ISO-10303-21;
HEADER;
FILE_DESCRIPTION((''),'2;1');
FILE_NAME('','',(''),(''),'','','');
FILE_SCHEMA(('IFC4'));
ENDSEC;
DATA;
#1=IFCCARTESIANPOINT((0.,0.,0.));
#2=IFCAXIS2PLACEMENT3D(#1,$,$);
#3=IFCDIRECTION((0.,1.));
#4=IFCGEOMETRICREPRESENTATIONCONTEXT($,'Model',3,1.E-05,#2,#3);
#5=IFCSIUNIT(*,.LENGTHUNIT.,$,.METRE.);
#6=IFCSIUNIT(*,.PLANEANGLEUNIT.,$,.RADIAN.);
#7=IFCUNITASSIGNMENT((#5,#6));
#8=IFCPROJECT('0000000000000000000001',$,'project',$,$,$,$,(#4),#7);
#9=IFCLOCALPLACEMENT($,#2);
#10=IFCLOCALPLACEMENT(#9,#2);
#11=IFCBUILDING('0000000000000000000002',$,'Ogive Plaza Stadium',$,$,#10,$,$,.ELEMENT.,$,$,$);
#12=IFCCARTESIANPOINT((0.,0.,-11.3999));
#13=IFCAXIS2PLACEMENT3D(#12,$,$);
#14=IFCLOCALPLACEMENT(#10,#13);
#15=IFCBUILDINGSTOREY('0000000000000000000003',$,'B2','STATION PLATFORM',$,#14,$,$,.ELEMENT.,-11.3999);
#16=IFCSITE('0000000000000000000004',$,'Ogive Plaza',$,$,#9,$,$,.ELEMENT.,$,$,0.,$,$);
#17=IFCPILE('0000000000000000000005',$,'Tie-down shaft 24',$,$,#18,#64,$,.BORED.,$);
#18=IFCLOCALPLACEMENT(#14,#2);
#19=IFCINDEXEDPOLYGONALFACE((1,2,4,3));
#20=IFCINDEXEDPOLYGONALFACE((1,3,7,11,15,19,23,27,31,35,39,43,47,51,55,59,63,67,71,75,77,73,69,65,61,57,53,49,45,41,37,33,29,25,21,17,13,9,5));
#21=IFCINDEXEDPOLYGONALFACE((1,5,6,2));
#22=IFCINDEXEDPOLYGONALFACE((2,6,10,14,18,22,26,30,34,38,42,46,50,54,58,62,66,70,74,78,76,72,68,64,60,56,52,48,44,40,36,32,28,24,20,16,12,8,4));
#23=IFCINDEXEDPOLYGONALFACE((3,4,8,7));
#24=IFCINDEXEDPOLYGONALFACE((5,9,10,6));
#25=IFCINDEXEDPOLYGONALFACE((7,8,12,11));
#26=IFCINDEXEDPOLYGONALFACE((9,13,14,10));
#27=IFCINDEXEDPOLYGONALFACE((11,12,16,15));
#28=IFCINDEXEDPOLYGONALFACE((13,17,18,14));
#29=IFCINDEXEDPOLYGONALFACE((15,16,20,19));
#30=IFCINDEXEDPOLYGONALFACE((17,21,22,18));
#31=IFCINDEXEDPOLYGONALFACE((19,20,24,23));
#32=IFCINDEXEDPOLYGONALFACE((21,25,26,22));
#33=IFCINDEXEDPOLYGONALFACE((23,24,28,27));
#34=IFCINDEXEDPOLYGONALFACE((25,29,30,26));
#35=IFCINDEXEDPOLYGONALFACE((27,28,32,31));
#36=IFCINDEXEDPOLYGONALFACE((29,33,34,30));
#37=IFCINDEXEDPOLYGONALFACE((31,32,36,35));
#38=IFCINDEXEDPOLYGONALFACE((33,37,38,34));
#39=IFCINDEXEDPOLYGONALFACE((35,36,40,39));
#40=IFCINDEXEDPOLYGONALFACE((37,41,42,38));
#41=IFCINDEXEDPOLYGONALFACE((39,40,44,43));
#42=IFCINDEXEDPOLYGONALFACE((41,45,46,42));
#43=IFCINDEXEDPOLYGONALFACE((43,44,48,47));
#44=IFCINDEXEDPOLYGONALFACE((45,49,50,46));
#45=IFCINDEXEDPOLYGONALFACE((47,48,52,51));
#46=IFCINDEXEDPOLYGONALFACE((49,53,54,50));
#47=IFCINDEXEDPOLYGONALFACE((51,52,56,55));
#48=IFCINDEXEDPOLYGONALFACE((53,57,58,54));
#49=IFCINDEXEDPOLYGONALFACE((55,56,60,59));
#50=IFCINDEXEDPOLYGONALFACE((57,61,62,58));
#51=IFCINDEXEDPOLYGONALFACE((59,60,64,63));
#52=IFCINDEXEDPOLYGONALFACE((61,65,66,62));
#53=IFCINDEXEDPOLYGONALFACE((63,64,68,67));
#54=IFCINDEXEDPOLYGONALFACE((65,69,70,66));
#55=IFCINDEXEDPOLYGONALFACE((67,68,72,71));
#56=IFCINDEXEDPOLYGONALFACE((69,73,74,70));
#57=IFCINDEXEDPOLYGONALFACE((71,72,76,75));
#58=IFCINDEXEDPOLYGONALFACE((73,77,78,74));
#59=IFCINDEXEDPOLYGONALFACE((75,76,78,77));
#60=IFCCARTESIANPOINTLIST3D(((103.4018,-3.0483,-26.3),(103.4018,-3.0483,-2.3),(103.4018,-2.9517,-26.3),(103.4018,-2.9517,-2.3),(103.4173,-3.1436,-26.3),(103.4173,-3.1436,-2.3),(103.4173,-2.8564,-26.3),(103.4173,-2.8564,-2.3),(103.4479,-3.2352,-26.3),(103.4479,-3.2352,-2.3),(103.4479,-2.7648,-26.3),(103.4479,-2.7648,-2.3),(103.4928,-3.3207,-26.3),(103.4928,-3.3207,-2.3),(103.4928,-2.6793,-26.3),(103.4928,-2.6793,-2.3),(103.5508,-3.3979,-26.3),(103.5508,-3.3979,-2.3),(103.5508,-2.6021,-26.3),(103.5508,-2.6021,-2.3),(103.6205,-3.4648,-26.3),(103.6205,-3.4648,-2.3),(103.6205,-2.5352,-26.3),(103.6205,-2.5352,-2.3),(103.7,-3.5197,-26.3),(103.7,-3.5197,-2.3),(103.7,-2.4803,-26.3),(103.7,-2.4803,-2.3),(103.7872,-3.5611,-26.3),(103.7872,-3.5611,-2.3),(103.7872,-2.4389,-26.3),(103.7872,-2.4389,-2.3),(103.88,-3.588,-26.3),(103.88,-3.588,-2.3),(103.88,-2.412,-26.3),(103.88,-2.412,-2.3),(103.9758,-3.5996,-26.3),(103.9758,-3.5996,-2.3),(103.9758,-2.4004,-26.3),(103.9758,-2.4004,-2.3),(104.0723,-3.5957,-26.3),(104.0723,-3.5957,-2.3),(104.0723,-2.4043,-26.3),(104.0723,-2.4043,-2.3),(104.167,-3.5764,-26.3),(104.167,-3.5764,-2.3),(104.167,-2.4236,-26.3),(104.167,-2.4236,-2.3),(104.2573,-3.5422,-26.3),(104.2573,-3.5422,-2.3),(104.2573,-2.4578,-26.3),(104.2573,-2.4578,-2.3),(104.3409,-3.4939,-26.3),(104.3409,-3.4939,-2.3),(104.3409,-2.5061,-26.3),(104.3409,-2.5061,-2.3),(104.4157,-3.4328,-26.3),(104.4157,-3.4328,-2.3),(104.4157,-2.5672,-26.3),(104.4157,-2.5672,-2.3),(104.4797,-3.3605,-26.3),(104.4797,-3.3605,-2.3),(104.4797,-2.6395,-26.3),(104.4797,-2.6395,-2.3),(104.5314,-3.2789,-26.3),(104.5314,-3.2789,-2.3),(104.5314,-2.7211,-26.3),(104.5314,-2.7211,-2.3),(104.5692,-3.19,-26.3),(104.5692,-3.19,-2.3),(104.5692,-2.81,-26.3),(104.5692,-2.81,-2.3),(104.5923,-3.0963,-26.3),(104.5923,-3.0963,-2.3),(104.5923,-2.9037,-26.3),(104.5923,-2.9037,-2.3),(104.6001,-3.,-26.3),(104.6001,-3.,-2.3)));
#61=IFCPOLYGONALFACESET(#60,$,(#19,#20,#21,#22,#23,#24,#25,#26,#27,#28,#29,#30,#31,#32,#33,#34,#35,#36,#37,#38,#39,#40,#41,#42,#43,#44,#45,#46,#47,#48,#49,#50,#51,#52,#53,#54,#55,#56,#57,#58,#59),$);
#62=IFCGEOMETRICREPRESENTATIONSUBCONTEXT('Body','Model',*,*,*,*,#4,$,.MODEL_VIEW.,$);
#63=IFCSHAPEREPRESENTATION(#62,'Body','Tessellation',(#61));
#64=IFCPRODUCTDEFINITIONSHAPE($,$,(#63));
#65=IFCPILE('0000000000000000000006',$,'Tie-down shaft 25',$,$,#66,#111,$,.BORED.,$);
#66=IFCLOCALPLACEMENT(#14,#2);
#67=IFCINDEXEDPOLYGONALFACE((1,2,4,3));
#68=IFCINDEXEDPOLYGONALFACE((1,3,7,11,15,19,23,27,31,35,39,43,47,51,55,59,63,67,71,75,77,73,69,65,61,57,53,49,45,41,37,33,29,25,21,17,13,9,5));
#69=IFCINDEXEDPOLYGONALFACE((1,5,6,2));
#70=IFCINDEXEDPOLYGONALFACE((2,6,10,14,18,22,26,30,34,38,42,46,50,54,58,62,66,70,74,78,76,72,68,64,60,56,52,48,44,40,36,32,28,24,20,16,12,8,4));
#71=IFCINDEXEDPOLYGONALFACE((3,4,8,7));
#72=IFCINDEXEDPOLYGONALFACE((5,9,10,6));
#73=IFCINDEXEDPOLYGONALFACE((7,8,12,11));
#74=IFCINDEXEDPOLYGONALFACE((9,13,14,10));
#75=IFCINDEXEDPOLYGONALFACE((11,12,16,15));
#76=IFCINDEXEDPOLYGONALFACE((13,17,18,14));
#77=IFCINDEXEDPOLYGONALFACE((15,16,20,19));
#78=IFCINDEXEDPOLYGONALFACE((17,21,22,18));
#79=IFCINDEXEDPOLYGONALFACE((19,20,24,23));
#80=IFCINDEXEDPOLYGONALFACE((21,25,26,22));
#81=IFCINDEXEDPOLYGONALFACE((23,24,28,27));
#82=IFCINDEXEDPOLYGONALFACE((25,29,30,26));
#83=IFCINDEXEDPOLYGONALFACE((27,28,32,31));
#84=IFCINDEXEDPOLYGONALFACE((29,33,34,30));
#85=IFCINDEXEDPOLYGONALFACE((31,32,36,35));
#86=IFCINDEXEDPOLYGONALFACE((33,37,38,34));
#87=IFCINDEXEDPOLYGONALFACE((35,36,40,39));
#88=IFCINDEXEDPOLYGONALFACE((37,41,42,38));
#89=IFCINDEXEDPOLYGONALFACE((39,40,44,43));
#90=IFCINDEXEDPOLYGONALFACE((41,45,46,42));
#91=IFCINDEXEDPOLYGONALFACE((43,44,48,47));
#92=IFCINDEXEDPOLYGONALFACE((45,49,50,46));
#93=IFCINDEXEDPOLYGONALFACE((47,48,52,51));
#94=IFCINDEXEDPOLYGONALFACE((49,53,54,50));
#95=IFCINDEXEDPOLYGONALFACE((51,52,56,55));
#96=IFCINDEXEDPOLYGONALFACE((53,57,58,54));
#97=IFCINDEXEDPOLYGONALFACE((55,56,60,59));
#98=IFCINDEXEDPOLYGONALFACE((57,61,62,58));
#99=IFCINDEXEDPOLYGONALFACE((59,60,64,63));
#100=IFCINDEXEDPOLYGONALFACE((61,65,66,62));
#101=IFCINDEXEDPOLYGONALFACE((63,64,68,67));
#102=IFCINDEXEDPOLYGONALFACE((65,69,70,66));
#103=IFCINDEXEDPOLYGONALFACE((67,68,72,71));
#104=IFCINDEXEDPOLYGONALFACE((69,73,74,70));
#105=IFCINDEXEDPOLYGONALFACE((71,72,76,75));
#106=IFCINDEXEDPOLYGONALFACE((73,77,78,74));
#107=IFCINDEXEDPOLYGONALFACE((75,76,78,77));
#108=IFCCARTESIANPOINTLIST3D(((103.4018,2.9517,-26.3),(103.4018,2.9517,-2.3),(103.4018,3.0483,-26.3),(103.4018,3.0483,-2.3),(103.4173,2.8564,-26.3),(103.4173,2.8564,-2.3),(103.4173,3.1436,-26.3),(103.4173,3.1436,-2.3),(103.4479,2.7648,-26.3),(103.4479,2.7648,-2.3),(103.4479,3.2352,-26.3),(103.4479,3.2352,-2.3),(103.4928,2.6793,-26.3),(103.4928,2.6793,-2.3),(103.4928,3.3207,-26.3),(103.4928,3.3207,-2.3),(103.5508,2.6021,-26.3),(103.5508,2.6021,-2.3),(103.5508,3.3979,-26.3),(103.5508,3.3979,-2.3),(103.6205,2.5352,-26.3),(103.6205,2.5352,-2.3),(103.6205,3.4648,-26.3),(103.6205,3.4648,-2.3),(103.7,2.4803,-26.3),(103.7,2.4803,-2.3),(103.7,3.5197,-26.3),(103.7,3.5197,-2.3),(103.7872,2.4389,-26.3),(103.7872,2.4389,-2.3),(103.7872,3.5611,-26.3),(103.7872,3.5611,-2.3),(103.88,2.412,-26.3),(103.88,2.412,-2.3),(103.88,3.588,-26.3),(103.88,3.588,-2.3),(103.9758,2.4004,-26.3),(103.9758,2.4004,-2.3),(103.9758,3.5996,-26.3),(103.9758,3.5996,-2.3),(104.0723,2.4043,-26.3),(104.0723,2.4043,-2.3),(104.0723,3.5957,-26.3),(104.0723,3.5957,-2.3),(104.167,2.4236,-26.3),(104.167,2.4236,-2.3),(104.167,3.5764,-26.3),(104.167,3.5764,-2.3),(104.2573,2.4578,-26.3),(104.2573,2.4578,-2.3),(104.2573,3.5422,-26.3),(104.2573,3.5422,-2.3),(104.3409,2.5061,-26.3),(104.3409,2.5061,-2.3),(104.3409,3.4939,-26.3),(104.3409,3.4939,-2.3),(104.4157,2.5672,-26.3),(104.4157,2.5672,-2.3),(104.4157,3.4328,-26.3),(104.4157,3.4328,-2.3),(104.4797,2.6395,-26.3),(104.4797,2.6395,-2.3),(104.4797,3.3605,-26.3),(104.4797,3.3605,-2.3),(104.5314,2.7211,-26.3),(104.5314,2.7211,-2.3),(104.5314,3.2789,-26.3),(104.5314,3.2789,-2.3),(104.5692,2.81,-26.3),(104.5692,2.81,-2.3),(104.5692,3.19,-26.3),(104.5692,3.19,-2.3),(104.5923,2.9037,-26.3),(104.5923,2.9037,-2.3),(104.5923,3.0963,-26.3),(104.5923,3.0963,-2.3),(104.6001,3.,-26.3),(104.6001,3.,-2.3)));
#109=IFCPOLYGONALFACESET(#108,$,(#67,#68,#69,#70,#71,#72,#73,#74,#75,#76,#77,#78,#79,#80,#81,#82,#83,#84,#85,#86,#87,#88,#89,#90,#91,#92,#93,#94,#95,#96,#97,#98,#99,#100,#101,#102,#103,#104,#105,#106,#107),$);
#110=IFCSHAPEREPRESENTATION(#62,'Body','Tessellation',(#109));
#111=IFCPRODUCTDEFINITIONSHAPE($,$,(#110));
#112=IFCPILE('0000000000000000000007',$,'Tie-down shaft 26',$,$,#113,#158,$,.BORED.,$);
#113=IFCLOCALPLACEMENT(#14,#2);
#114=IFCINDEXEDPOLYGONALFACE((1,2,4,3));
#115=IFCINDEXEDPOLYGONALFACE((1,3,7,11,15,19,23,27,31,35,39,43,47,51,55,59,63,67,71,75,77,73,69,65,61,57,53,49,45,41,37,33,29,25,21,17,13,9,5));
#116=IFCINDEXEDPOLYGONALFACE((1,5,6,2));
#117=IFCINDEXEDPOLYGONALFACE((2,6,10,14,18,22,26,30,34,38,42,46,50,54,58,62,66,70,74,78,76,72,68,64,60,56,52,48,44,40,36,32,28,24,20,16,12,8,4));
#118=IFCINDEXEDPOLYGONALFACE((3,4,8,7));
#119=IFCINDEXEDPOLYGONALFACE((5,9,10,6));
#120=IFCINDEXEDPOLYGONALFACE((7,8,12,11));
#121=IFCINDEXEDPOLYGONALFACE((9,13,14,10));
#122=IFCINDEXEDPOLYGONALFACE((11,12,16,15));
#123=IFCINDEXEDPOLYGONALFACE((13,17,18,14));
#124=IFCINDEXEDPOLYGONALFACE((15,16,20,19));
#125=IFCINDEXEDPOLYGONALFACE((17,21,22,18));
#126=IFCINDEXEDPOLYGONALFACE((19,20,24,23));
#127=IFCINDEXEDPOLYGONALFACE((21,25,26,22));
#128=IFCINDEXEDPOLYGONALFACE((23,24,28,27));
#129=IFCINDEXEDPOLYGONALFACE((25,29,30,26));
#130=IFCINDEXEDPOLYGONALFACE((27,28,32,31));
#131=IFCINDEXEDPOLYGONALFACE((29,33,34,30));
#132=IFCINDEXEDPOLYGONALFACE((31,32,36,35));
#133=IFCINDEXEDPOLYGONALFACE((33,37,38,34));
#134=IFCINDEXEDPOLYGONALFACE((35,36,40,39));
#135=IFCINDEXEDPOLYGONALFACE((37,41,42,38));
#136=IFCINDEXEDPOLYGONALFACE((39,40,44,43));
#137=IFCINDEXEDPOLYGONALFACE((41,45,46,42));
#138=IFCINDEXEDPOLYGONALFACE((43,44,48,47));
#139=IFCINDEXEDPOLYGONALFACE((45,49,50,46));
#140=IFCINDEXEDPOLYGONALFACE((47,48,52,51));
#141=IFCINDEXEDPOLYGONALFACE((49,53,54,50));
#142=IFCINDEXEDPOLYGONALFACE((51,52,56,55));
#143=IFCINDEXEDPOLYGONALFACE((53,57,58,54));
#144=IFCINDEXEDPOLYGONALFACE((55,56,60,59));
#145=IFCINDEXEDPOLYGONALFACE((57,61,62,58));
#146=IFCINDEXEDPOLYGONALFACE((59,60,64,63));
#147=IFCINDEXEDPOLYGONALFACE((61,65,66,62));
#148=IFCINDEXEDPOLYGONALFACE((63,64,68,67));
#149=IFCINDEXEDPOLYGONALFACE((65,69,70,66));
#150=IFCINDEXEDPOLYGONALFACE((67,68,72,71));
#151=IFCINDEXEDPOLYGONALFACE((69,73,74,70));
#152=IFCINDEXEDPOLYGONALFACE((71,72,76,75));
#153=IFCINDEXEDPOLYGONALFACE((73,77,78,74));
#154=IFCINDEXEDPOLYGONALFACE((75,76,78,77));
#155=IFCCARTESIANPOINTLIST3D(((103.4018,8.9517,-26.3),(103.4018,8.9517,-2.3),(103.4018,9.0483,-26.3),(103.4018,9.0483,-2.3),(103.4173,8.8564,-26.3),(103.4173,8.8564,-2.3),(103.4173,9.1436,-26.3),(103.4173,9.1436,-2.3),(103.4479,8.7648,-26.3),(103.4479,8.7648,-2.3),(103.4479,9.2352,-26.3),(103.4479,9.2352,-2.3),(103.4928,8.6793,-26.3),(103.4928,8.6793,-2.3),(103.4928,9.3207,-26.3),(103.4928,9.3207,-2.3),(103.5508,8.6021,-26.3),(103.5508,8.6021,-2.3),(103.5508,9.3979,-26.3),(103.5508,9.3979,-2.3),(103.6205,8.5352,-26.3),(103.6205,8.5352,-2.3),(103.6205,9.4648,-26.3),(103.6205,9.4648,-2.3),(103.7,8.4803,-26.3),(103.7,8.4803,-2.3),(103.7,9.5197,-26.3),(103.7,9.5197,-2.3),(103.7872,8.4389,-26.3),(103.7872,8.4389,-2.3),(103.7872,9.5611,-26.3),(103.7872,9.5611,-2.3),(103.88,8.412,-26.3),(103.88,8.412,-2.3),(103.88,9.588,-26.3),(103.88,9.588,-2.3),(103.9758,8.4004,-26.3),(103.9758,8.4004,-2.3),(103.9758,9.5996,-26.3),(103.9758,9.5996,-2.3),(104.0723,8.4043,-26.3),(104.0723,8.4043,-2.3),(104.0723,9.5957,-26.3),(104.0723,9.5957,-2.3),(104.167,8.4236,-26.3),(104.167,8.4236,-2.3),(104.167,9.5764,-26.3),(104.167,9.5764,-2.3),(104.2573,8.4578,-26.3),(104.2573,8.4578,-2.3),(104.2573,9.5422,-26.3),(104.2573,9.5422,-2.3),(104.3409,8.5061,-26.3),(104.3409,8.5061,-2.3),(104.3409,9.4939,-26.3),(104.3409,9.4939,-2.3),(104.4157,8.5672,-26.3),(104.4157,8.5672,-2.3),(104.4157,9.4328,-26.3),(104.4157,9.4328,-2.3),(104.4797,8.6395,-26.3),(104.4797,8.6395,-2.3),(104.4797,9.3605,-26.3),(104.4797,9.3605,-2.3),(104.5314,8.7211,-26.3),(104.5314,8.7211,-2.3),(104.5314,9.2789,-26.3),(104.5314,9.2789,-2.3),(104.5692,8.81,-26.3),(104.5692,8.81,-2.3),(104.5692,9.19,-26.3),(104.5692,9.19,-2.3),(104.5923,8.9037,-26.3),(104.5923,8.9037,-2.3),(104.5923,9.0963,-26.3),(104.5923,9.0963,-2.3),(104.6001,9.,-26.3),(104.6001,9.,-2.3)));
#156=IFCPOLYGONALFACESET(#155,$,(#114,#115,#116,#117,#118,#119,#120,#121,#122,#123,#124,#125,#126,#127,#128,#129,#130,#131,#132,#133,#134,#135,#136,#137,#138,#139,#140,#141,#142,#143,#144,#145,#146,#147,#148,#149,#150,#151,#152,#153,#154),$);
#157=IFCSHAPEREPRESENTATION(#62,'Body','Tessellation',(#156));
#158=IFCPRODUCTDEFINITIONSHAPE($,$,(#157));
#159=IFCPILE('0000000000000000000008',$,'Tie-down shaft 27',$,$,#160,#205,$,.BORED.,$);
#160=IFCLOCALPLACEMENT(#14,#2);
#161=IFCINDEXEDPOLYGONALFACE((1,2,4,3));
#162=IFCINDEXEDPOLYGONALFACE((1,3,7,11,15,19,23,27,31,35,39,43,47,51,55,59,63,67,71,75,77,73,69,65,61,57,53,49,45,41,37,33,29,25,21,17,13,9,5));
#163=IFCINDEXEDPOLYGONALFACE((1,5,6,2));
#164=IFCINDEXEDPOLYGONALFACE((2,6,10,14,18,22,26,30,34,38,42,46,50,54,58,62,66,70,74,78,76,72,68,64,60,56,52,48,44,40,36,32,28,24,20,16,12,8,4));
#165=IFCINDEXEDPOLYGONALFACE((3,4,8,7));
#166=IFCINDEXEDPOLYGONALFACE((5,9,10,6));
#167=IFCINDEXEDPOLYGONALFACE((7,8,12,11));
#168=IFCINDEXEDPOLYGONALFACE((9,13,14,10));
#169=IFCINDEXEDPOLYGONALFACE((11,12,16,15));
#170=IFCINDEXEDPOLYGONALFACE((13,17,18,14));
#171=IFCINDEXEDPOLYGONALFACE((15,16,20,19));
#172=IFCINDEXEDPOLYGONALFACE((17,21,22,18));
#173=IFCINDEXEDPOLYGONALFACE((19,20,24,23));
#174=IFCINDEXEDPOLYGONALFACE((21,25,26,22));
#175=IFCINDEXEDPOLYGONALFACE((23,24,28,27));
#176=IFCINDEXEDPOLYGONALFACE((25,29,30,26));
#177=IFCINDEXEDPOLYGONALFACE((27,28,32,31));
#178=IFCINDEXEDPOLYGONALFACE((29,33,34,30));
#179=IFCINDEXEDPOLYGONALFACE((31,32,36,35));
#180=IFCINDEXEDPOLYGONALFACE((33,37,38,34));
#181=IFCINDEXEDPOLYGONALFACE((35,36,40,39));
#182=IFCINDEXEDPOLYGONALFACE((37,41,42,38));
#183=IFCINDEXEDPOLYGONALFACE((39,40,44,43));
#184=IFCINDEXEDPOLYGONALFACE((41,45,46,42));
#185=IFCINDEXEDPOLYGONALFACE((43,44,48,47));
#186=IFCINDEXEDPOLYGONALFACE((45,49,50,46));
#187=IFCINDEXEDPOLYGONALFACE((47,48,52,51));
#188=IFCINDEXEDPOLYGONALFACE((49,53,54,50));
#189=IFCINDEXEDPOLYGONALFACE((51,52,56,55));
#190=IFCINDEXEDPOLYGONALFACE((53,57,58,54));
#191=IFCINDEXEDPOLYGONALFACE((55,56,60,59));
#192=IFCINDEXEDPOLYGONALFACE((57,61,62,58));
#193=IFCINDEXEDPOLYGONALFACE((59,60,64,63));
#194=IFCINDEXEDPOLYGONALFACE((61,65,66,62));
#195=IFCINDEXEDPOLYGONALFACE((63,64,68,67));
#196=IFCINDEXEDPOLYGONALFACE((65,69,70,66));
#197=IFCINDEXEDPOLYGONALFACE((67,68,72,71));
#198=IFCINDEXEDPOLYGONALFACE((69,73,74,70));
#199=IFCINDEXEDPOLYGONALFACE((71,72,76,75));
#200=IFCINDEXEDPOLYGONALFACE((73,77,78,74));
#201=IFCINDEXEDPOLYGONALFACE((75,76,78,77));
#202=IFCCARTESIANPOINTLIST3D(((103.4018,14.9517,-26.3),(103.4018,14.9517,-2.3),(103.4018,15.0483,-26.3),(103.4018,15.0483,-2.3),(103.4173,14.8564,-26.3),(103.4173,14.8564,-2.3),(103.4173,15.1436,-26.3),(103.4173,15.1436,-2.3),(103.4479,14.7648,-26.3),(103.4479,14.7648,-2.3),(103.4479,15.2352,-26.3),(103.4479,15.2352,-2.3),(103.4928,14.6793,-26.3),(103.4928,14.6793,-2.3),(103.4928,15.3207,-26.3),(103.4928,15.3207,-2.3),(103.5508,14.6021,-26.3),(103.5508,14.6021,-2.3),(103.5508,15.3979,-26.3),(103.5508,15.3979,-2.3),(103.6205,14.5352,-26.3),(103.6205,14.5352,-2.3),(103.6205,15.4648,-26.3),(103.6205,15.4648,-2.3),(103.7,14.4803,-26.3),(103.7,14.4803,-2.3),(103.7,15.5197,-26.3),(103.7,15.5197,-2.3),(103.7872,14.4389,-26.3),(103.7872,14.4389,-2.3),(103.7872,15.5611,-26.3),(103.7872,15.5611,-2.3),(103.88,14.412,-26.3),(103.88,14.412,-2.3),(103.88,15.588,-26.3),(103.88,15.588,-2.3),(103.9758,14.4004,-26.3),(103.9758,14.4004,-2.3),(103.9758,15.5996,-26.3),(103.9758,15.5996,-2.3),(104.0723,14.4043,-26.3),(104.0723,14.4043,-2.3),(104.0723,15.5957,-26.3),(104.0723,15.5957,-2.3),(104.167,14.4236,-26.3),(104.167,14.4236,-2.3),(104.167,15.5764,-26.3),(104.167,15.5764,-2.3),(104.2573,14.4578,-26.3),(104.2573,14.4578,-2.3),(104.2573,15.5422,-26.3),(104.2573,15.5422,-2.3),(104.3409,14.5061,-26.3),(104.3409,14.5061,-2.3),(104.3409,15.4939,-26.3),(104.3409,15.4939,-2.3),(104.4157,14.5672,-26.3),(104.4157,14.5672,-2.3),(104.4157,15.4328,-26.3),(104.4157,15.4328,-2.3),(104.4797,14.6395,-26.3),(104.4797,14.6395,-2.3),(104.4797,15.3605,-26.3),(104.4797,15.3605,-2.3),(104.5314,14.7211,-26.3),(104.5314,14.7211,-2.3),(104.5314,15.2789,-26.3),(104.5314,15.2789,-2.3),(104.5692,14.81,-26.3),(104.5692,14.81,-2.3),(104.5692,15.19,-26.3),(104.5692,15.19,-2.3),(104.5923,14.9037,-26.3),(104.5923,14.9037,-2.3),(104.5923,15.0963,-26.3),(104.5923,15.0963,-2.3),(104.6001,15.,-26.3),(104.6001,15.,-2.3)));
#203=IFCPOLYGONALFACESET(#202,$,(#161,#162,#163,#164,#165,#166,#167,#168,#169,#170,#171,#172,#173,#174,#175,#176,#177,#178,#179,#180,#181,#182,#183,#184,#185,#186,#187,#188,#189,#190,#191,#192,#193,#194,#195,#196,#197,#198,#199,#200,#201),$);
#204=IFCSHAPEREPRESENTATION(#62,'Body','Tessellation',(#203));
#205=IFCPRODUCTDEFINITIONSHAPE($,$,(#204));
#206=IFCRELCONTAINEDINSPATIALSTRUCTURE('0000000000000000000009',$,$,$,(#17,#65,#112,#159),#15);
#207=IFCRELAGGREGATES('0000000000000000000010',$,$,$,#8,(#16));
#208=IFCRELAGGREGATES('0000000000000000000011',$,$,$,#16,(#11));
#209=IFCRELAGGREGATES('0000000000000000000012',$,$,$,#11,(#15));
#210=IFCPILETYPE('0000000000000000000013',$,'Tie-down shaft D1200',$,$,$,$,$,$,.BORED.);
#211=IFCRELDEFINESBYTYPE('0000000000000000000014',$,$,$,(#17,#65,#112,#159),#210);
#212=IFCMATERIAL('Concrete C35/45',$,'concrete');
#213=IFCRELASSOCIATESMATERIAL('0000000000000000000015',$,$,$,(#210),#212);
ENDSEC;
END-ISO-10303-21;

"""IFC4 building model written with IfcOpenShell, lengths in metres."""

from ifc_helpers import new_model, si_unit, direction, frame, origin, origin_2d, place, context, subcontext, project, spatial, circle, extrude, material, material_profile, profile_set, type_object, element, save


model = new_model("IFC4")

# Units and contexts
model_context = context("Model", 3, precision=1e-05, world=origin(), true_north=direction((0.0, 1.0)))
body_context = subcontext(model_context, "Body", "Model", "MODEL_VIEW")
ifc_project = project(units=[si_unit("LENGTHUNIT", "METRE"), si_unit("PLANEANGLEUNIT", "RADIAN")], contexts=[model_context])

# Site, building, storey
site_placement = place(None, origin())
site = spatial("IfcSite", under=ifc_project, at=site_placement, Name="Ogive Plaza", CompositionType="ELEMENT", RefElevation=0.0)
building_placement = place(site_placement, origin())
building = spatial("IfcBuilding", under=site, at=building_placement, Name="Ogive Plaza Stadium", CompositionType="ELEMENT")
storey_placement = place(building_placement, frame((0.0, 0.0, -11.3999)))
storey = spatial("IfcBuildingStorey", under=building, at=storey_placement, Name="B2", Description="STATION PLATFORM", CompositionType="ELEMENT", Elevation=-11.3999)

# Piles
ifc_material_1 = material(Name="Concrete C35/45", Category="concrete")
ifc_material_profile_1 = material_profile(ifc_material_1, circle(Radius=0.6001, at=origin_2d()), Name="Tie-down shaft D1200")
ifc_profile_set_1 = profile_set([ifc_material_profile_1], Name="Concrete C35/45")
pile_type = type_object("IfcPileType", Name="Tie-down shaft D1200", PredefinedType="BORED", material=ifc_profile_set_1)
for number, where, z_axis, x_axis, name in (
    (1, (104.0, -3.0, -2.3), (0.0, 0.0, -1.0), (1.0, 0.0, 0.0), "Tie-down shaft 24"),
    (2, (104.0, 3.0, -2.3), (0.0, 0.0, -1.0), (1.0, 0.0, 0.0), "Tie-down shaft 25"),
    (3, (104.0, 9.0, -2.3), (0.0, 0.0, -1.0), (1.0, 0.0, 0.0), "Tie-down shaft 26"),
    (4, (104.0, 15.0, -2.3), (0.0, 0.0, -1.0), (1.0, 0.0, 0.0), "Tie-down shaft 27"),
):
    element("IfcPile", number, at=place(storey_placement, frame(where, z_axis=z_axis, x_axis=x_axis)), inside=storey, type_object=pile_type, Name=name, PredefinedType="BORED", context=body_context, shape_type="SweptSolid", body=[
        extrude(circle(Radius=0.6001, at=origin_2d()), origin(), (0.0, 0.0, 1.0), 24.0),
    ])

save(model, "model.ifc")
